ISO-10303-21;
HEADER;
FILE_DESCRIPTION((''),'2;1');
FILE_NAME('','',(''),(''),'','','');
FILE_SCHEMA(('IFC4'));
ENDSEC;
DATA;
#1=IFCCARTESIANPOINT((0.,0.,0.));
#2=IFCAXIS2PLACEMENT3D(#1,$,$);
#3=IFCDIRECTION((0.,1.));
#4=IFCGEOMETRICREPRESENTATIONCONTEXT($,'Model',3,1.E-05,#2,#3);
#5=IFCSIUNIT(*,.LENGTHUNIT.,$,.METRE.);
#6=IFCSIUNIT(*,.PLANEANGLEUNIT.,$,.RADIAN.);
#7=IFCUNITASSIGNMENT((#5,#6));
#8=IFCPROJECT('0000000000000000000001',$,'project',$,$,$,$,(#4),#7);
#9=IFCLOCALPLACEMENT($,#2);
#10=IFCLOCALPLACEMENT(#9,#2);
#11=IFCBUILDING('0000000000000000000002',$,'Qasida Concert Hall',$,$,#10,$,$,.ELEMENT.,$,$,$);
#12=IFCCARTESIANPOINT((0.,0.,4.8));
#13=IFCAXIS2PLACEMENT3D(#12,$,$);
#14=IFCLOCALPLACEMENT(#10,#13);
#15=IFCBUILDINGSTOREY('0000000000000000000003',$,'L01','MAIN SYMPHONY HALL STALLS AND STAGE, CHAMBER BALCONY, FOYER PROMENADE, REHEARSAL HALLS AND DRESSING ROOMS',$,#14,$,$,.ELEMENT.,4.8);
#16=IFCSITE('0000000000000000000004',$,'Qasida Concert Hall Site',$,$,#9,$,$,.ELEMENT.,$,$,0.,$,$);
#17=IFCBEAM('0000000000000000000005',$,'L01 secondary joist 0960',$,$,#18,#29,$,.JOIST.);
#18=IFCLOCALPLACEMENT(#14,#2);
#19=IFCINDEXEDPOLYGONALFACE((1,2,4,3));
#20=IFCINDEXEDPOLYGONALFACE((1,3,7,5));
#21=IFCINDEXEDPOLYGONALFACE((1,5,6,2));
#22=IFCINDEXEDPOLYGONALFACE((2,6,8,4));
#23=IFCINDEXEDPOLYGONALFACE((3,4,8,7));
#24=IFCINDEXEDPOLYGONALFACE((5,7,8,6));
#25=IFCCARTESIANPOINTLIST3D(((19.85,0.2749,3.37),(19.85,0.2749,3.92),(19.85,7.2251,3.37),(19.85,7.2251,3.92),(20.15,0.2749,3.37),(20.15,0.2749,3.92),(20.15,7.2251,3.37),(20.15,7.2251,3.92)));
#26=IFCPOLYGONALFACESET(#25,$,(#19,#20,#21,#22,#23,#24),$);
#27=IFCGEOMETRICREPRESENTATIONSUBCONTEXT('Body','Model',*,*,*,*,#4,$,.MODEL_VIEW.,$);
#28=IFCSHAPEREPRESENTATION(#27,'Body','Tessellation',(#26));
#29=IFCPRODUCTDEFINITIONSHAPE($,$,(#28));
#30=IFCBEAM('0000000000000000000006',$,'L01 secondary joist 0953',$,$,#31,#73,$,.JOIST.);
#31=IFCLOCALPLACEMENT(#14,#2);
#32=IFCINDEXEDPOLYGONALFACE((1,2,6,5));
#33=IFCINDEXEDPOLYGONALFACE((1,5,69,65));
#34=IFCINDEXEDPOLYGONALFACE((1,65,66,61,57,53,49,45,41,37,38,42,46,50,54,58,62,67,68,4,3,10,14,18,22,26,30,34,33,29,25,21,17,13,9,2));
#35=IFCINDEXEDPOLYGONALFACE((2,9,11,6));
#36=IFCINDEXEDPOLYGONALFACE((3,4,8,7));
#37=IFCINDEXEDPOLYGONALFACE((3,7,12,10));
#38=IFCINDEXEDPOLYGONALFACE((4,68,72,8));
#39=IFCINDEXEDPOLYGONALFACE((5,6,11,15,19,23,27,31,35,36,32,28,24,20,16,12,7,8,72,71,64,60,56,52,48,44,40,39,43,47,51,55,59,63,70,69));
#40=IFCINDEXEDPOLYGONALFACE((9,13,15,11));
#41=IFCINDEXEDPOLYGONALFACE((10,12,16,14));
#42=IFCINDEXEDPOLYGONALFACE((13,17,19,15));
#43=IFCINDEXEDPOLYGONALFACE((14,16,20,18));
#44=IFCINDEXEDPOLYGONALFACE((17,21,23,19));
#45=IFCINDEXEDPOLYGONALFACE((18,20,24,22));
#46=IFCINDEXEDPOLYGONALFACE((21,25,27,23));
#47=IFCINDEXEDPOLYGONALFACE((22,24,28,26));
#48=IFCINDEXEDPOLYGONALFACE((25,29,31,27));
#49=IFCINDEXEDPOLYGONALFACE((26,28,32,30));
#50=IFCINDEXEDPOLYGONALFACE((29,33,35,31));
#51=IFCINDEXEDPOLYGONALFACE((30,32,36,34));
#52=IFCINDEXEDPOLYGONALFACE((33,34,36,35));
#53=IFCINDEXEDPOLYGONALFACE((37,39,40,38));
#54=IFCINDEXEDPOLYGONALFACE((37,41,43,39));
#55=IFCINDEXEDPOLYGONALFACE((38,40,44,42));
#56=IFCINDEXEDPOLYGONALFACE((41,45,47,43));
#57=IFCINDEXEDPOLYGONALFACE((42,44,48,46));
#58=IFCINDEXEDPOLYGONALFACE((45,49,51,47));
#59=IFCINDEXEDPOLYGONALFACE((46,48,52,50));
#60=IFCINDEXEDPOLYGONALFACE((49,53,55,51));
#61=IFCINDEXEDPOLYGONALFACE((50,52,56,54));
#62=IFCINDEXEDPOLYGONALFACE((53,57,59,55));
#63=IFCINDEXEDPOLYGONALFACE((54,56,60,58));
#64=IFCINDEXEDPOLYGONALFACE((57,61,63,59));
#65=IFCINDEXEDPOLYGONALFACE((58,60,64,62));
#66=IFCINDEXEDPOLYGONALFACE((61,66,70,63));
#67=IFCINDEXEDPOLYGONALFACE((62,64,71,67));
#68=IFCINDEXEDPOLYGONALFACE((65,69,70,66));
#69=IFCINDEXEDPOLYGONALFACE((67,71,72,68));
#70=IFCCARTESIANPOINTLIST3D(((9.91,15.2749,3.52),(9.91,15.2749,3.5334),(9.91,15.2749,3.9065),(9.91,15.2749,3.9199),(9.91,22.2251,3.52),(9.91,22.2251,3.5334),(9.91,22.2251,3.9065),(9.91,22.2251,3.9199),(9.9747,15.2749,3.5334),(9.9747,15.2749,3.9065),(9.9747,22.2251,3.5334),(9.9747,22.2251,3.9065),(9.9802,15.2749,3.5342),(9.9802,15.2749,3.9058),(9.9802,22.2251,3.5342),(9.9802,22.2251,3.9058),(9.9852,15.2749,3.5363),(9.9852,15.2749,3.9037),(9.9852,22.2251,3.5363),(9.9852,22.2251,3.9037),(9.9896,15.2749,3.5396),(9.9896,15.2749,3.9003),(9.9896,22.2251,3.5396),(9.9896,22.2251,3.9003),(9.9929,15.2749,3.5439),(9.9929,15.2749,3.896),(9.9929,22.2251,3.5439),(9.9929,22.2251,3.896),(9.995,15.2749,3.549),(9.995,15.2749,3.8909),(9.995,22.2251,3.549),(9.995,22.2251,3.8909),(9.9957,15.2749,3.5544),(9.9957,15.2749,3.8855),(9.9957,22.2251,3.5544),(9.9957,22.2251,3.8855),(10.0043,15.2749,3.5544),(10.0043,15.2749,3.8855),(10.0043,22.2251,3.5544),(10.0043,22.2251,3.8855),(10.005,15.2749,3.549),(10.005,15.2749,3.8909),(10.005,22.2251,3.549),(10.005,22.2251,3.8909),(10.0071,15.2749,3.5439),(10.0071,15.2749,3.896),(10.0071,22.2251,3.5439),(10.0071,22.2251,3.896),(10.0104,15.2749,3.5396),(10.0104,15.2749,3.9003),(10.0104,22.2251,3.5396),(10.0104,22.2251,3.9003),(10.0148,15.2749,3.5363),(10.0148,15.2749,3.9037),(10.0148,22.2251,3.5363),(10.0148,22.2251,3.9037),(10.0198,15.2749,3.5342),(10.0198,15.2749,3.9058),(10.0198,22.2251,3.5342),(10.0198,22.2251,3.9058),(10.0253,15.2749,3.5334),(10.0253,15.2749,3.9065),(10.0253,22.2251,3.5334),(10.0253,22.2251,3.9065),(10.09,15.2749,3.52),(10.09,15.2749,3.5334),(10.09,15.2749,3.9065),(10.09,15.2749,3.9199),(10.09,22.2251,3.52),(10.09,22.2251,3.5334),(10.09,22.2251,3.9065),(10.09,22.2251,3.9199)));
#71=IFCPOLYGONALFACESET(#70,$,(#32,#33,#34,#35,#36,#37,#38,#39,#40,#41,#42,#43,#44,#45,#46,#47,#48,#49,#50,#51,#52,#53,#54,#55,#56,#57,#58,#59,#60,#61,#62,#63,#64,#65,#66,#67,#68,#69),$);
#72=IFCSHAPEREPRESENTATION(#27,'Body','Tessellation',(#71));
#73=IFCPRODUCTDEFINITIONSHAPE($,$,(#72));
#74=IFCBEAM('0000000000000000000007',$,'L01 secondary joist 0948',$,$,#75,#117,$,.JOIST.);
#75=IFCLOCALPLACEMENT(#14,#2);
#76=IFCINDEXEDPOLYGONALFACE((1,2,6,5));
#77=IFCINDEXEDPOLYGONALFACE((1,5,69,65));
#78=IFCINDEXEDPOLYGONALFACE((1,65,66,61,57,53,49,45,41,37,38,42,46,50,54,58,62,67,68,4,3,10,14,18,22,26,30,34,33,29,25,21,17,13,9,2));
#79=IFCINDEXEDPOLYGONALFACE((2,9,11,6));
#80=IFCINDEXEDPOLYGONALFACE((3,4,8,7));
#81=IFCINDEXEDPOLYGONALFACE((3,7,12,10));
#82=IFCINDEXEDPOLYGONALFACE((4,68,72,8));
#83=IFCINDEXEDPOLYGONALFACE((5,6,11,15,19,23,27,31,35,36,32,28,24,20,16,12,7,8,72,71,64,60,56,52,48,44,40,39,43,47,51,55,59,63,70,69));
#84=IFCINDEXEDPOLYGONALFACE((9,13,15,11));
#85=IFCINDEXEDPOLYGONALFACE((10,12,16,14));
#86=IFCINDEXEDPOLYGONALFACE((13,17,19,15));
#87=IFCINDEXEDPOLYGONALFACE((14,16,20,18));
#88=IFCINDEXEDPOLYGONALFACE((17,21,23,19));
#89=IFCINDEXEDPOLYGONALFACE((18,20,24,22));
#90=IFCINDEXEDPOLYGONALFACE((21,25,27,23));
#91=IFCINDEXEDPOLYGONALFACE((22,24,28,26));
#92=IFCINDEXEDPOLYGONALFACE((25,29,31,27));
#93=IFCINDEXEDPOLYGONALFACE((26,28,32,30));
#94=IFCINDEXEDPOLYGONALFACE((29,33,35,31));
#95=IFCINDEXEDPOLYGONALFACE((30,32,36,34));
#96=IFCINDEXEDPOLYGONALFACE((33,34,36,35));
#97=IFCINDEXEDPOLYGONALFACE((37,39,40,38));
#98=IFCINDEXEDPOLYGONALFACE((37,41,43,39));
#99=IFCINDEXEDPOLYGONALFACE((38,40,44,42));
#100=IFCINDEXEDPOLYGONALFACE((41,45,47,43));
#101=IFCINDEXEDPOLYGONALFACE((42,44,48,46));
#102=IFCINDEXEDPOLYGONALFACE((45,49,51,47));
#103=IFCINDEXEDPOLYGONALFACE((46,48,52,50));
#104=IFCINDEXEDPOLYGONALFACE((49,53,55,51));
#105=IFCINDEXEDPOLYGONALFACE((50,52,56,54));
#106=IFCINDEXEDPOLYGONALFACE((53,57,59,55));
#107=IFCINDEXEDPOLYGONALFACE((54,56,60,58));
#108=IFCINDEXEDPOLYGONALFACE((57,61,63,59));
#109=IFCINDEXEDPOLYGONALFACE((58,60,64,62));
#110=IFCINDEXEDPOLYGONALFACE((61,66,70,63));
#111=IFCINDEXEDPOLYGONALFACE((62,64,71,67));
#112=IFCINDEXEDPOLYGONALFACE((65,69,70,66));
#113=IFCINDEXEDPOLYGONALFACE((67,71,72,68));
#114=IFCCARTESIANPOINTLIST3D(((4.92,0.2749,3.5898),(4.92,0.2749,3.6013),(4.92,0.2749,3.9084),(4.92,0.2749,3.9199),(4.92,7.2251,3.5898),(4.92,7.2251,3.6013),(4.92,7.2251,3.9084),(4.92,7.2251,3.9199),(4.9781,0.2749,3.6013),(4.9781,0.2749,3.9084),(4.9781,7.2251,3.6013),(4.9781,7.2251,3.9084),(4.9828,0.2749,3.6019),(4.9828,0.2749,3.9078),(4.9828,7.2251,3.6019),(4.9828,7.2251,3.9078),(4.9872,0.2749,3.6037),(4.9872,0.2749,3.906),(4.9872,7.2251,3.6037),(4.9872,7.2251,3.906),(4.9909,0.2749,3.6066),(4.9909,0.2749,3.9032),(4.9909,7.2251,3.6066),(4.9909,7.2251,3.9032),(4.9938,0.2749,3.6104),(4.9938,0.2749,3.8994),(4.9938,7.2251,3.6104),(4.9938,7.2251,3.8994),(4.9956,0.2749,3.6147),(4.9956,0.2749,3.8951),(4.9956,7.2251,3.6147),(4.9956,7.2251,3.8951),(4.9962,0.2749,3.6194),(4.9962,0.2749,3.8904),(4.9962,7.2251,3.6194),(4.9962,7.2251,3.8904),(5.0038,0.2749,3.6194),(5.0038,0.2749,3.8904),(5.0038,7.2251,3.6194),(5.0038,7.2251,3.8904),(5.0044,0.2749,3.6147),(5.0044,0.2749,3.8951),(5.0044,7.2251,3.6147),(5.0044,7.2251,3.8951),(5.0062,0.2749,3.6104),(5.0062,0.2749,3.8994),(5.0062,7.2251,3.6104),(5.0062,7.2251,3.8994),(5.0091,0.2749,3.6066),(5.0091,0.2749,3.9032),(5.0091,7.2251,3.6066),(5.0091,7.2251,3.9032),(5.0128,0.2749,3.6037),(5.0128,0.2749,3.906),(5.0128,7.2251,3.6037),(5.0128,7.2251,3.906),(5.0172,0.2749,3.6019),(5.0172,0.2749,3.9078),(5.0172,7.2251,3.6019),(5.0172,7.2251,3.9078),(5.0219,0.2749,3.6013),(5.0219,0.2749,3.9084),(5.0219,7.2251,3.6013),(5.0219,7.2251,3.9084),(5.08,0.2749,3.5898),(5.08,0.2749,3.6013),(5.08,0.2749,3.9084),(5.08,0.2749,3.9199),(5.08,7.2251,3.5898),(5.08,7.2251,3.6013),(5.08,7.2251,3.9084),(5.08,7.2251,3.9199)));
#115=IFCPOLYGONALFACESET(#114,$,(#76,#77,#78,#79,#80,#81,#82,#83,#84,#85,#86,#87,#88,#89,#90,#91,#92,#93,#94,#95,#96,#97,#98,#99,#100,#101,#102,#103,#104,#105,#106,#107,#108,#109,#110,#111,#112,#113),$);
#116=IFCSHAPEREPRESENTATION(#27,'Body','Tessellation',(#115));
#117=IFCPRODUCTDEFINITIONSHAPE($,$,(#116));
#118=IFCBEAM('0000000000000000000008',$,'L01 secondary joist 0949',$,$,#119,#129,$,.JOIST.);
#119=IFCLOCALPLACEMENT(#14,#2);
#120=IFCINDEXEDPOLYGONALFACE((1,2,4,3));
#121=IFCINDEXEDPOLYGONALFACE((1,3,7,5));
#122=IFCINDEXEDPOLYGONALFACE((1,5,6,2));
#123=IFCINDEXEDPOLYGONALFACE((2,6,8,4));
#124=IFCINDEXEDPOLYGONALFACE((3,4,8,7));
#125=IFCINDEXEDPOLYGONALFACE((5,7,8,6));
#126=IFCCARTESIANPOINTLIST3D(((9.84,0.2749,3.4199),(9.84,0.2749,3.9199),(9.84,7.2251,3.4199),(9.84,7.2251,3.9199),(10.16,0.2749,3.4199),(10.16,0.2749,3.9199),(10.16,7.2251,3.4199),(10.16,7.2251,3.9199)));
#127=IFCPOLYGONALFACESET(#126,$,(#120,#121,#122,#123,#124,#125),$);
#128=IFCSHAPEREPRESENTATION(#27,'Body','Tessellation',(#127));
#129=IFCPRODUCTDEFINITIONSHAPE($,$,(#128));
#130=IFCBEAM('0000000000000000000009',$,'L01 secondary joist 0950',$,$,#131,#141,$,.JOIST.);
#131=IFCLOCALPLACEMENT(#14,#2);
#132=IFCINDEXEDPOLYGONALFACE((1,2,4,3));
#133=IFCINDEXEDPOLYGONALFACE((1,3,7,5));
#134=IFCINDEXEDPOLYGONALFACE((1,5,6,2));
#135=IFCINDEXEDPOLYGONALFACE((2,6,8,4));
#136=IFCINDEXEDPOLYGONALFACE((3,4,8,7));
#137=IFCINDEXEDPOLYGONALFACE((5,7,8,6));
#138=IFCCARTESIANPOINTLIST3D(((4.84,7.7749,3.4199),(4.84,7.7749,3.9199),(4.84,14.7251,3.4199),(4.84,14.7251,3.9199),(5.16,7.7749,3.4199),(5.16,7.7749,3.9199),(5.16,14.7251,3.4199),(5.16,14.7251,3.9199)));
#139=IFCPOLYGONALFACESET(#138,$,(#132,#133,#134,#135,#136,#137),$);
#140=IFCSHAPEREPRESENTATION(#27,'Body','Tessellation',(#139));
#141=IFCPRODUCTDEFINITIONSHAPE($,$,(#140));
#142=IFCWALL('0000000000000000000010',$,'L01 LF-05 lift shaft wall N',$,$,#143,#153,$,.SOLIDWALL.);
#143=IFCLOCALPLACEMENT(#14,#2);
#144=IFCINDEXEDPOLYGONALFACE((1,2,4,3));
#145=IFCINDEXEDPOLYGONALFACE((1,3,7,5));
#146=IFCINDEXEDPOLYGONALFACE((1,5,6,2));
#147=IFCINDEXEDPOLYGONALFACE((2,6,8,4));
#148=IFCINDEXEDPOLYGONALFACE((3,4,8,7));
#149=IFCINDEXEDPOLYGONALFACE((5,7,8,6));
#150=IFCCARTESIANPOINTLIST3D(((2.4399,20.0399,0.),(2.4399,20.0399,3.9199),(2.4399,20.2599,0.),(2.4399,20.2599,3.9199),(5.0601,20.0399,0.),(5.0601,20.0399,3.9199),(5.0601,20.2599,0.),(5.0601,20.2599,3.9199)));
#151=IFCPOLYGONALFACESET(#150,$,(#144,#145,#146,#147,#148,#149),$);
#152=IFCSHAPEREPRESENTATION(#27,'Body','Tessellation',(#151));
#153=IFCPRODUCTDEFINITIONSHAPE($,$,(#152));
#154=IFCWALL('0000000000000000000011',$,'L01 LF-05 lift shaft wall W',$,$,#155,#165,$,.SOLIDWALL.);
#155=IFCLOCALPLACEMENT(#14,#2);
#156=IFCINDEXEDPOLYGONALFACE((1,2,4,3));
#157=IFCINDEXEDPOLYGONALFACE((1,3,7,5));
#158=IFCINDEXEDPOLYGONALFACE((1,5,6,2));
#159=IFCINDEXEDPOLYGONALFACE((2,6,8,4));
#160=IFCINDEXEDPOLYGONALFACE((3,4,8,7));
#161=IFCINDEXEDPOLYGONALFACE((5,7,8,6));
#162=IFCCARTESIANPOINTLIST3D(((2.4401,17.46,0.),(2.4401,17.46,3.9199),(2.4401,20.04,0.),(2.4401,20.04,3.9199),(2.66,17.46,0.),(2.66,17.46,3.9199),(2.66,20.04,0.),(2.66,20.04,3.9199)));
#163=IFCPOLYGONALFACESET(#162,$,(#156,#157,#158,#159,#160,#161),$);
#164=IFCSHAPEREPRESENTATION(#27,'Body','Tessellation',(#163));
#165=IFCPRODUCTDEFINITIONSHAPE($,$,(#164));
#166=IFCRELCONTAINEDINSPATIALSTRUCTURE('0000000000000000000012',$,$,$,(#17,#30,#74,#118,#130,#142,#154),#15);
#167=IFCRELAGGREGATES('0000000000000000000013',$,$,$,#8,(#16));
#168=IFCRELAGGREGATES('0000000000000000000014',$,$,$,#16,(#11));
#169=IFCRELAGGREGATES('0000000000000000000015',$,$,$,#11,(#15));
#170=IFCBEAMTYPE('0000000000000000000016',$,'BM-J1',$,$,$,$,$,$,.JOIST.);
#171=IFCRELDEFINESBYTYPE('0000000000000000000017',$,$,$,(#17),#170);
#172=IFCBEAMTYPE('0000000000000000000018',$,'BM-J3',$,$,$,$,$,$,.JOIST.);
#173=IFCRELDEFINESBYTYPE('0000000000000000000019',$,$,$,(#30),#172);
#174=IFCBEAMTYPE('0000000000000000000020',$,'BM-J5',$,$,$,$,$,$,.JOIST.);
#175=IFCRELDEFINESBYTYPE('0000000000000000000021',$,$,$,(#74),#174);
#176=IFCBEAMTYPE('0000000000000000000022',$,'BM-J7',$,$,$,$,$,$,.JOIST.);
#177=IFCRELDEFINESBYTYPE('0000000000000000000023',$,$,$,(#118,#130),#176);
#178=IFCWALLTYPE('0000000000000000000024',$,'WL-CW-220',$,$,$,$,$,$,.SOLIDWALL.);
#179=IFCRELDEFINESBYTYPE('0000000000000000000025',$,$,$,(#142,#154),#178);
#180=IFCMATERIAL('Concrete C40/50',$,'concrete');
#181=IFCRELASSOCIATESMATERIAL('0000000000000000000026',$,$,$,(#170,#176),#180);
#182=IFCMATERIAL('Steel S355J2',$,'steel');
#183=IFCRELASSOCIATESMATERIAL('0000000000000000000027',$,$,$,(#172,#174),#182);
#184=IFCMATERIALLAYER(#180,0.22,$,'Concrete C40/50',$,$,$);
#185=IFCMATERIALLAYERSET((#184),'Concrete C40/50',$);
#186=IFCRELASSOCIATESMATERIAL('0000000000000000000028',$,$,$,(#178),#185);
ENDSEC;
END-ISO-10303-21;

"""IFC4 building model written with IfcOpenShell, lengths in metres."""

from ifc_helpers import new_model, si_unit, direction, frame, frame_2d, origin, origin_2d, place, context, subcontext, project, spatial, rectangle, i_section, extrude, material, layer, layer_set, material_profile, profile_set, type_object, element, save


model = new_model("IFC4")

# Units and contexts
model_context = context("Model", 3, precision=1e-05, world=origin(), true_north=direction((0.0, 1.0)))
body_context = subcontext(model_context, "Body", "Model", "MODEL_VIEW")
ifc_project = project(units=[si_unit("LENGTHUNIT", "METRE"), si_unit("PLANEANGLEUNIT", "RADIAN")], contexts=[model_context])

# Site, building, storey
site_placement = place(None, origin())
site = spatial("IfcSite", under=ifc_project, at=site_placement, Name="Qasida Concert Hall Site", CompositionType="ELEMENT", RefElevation=0.0)
building_placement = place(site_placement, origin())
building = spatial("IfcBuilding", under=site, at=building_placement, Name="Qasida Concert Hall", CompositionType="ELEMENT")
storey_placement = place(building_placement, frame((0.0, 0.0, 4.8)))
storey = spatial("IfcBuildingStorey", under=building, at=storey_placement, Name="L01", Description="MAIN SYMPHONY HALL STALLS AND STAGE, CHAMBER BALCONY, FOYER PROMENADE, REHEARSAL HALLS AND DRESSING ROOMS", CompositionType="ELEMENT", Elevation=4.8)

# Beams
ifc_material_1 = material(Name="Concrete C40/50", Category="concrete")
ifc_material_2 = material(Name="Steel S355J2", Category="steel")
ifc_material_profile_1 = material_profile(ifc_material_1, rectangle(XDim=0.3, YDim=0.55, at=origin_2d()), Name="RC 300x550")
ifc_profile_set_1 = profile_set([ifc_material_profile_1], Name="Concrete C40/50")
beam_type_1 = type_object("IfcBeamType", Name="BM-J1", PredefinedType="JOIST", material=ifc_profile_set_1)
for number, where, z_axis, x_axis, name in (
    (1, (20.0, 0.2749, 3.645), (0.0, 1.0, 0.0), (-1.0, 0.0, 0.0), "L01 secondary joist 0960"),
):
    element("IfcBeam", number, at=place(storey_placement, frame(where, z_axis=z_axis, x_axis=x_axis)), inside=storey, type_object=beam_type_1, Name=name, PredefinedType="JOIST", context=body_context, shape_type="SweptSolid", body=[
        extrude(rectangle(XDim=0.3, YDim=0.55, at=origin_2d()), origin(), (0.0, 0.0, 1.0), 6.9502),
    ])
ifc_material_profile_2 = material_profile(ifc_material_2, i_section(OverallWidth=0.1799, OverallDepth=0.3999, WebThickness=0.0085, FlangeThickness=0.0134, FilletRadius=0.021, at=origin_2d()), Name="IPE 400")
ifc_profile_set_2 = profile_set([ifc_material_profile_2], Name="Steel S355J2")
beam_type_2 = type_object("IfcBeamType", Name="BM-J3", PredefinedType="JOIST", material=ifc_profile_set_2)
beam_1_placement = place(storey_placement, frame((10.0, 15.2749, 3.72), z_axis=(0.0, 1.0, 0.0), x_axis=(-1.0, 0.0, 0.0)))
element("IfcBeam", 2, at=beam_1_placement, inside=storey, type_object=beam_type_2, Name="L01 secondary joist 0953", PredefinedType="JOIST", context=body_context, shape_type="SweptSolid", body=[
    extrude(i_section(OverallWidth=0.1799, OverallDepth=0.3999, WebThickness=0.0085, FlangeThickness=0.0134, FilletRadius=0.021, at=origin_2d()), origin(), (0.0, 0.0, 1.0), 6.9502),
])
ifc_material_profile_3 = material_profile(ifc_material_2, i_section(OverallWidth=0.1599, OverallDepth=0.3301, WebThickness=0.0076, FlangeThickness=0.0115, FilletRadius=0.0181, at=origin_2d()), Name="IPE 330")
ifc_profile_set_3 = profile_set([ifc_material_profile_3], Name="Steel S355J2")
beam_type_3 = type_object("IfcBeamType", Name="BM-J5", PredefinedType="JOIST", material=ifc_profile_set_3)
beam_2_placement = place(storey_placement, frame((5.0, 0.2749, 3.7549), z_axis=(0.0, 1.0, 0.0), x_axis=(-1.0, 0.0, 0.0)))
element("IfcBeam", 3, at=beam_2_placement, inside=storey, type_object=beam_type_3, Name="L01 secondary joist 0948", PredefinedType="JOIST", context=body_context, shape_type="SweptSolid", body=[
    extrude(i_section(OverallWidth=0.1599, OverallDepth=0.3301, WebThickness=0.0076, FlangeThickness=0.0115, FilletRadius=0.0181, at=origin_2d()), origin(), (0.0, 0.0, 1.0), 6.9502),
])
ifc_material_profile_4 = material_profile(ifc_material_1, rectangle(XDim=0.3201, YDim=0.5, at=origin_2d()), Name="RC 320x500")
ifc_profile_set_4 = profile_set([ifc_material_profile_4], Name="Concrete C40/50")
beam_type_4 = type_object("IfcBeamType", Name="BM-J7", PredefinedType="JOIST", material=ifc_profile_set_4)
for number, where, z_axis, x_axis, name in (
    (4, (10.0, 0.2749, 3.6699), (0.0, 1.0, 0.0), (-1.0, 0.0, 0.0), "L01 secondary joist 0949"),
    (5, (5.0, 7.7749, 3.6699), (0.0, 1.0, 0.0), (-1.0, 0.0, 0.0), "L01 secondary joist 0950"),
):
    element("IfcBeam", number, at=place(storey_placement, frame(where, z_axis=z_axis, x_axis=x_axis)), inside=storey, type_object=beam_type_4, Name=name, PredefinedType="JOIST", context=body_context, shape_type="SweptSolid", body=[
        extrude(rectangle(XDim=0.3201, YDim=0.5, at=origin_2d()), origin(), (0.0, 0.0, 1.0), 6.9502),
    ])

# Walls
ifc_layer_1 = layer(ifc_material_1, 0.22, Name="Concrete C40/50")
ifc_layer_set_1 = layer_set([ifc_layer_1], Name="Concrete C40/50")
wall_type_1 = type_object("IfcWallType", Name="WL-CW-220", PredefinedType="SOLIDWALL", material=ifc_layer_set_1)
wall_1_placement = place(storey_placement, frame((2.4399, 20.1499, 0.0), z_axis=(0.0, 0.0, 1.0), x_axis=(1.0, 0.0, 0.0)))
element("IfcWall", 6, at=wall_1_placement, inside=storey, type_object=wall_type_1, Name="L01 LF-05 lift shaft wall N", PredefinedType="SOLIDWALL", context=body_context, shape_type="SweptSolid", body=[
    extrude(rectangle(XDim=2.6201, YDim=0.22, at=frame_2d((1.3101, 0.0))), origin(), (0.0, 0.0, 1.0), 3.9199),
])
wall_2_placement = place(storey_placement, frame((2.55, 17.46, 0.0), z_axis=(0.0, 0.0, 1.0), x_axis=(0.0, 1.0, 0.0)))
element("IfcWall", 7, at=wall_2_placement, inside=storey, type_object=wall_type_1, Name="L01 LF-05 lift shaft wall W", PredefinedType="SOLIDWALL", context=body_context, shape_type="SweptSolid", body=[
    extrude(rectangle(XDim=2.5801, YDim=0.22, at=frame_2d((1.29, 0.0))), origin(), (0.0, 0.0, 1.0), 3.9199),
])

save(model, "model.ifc")
